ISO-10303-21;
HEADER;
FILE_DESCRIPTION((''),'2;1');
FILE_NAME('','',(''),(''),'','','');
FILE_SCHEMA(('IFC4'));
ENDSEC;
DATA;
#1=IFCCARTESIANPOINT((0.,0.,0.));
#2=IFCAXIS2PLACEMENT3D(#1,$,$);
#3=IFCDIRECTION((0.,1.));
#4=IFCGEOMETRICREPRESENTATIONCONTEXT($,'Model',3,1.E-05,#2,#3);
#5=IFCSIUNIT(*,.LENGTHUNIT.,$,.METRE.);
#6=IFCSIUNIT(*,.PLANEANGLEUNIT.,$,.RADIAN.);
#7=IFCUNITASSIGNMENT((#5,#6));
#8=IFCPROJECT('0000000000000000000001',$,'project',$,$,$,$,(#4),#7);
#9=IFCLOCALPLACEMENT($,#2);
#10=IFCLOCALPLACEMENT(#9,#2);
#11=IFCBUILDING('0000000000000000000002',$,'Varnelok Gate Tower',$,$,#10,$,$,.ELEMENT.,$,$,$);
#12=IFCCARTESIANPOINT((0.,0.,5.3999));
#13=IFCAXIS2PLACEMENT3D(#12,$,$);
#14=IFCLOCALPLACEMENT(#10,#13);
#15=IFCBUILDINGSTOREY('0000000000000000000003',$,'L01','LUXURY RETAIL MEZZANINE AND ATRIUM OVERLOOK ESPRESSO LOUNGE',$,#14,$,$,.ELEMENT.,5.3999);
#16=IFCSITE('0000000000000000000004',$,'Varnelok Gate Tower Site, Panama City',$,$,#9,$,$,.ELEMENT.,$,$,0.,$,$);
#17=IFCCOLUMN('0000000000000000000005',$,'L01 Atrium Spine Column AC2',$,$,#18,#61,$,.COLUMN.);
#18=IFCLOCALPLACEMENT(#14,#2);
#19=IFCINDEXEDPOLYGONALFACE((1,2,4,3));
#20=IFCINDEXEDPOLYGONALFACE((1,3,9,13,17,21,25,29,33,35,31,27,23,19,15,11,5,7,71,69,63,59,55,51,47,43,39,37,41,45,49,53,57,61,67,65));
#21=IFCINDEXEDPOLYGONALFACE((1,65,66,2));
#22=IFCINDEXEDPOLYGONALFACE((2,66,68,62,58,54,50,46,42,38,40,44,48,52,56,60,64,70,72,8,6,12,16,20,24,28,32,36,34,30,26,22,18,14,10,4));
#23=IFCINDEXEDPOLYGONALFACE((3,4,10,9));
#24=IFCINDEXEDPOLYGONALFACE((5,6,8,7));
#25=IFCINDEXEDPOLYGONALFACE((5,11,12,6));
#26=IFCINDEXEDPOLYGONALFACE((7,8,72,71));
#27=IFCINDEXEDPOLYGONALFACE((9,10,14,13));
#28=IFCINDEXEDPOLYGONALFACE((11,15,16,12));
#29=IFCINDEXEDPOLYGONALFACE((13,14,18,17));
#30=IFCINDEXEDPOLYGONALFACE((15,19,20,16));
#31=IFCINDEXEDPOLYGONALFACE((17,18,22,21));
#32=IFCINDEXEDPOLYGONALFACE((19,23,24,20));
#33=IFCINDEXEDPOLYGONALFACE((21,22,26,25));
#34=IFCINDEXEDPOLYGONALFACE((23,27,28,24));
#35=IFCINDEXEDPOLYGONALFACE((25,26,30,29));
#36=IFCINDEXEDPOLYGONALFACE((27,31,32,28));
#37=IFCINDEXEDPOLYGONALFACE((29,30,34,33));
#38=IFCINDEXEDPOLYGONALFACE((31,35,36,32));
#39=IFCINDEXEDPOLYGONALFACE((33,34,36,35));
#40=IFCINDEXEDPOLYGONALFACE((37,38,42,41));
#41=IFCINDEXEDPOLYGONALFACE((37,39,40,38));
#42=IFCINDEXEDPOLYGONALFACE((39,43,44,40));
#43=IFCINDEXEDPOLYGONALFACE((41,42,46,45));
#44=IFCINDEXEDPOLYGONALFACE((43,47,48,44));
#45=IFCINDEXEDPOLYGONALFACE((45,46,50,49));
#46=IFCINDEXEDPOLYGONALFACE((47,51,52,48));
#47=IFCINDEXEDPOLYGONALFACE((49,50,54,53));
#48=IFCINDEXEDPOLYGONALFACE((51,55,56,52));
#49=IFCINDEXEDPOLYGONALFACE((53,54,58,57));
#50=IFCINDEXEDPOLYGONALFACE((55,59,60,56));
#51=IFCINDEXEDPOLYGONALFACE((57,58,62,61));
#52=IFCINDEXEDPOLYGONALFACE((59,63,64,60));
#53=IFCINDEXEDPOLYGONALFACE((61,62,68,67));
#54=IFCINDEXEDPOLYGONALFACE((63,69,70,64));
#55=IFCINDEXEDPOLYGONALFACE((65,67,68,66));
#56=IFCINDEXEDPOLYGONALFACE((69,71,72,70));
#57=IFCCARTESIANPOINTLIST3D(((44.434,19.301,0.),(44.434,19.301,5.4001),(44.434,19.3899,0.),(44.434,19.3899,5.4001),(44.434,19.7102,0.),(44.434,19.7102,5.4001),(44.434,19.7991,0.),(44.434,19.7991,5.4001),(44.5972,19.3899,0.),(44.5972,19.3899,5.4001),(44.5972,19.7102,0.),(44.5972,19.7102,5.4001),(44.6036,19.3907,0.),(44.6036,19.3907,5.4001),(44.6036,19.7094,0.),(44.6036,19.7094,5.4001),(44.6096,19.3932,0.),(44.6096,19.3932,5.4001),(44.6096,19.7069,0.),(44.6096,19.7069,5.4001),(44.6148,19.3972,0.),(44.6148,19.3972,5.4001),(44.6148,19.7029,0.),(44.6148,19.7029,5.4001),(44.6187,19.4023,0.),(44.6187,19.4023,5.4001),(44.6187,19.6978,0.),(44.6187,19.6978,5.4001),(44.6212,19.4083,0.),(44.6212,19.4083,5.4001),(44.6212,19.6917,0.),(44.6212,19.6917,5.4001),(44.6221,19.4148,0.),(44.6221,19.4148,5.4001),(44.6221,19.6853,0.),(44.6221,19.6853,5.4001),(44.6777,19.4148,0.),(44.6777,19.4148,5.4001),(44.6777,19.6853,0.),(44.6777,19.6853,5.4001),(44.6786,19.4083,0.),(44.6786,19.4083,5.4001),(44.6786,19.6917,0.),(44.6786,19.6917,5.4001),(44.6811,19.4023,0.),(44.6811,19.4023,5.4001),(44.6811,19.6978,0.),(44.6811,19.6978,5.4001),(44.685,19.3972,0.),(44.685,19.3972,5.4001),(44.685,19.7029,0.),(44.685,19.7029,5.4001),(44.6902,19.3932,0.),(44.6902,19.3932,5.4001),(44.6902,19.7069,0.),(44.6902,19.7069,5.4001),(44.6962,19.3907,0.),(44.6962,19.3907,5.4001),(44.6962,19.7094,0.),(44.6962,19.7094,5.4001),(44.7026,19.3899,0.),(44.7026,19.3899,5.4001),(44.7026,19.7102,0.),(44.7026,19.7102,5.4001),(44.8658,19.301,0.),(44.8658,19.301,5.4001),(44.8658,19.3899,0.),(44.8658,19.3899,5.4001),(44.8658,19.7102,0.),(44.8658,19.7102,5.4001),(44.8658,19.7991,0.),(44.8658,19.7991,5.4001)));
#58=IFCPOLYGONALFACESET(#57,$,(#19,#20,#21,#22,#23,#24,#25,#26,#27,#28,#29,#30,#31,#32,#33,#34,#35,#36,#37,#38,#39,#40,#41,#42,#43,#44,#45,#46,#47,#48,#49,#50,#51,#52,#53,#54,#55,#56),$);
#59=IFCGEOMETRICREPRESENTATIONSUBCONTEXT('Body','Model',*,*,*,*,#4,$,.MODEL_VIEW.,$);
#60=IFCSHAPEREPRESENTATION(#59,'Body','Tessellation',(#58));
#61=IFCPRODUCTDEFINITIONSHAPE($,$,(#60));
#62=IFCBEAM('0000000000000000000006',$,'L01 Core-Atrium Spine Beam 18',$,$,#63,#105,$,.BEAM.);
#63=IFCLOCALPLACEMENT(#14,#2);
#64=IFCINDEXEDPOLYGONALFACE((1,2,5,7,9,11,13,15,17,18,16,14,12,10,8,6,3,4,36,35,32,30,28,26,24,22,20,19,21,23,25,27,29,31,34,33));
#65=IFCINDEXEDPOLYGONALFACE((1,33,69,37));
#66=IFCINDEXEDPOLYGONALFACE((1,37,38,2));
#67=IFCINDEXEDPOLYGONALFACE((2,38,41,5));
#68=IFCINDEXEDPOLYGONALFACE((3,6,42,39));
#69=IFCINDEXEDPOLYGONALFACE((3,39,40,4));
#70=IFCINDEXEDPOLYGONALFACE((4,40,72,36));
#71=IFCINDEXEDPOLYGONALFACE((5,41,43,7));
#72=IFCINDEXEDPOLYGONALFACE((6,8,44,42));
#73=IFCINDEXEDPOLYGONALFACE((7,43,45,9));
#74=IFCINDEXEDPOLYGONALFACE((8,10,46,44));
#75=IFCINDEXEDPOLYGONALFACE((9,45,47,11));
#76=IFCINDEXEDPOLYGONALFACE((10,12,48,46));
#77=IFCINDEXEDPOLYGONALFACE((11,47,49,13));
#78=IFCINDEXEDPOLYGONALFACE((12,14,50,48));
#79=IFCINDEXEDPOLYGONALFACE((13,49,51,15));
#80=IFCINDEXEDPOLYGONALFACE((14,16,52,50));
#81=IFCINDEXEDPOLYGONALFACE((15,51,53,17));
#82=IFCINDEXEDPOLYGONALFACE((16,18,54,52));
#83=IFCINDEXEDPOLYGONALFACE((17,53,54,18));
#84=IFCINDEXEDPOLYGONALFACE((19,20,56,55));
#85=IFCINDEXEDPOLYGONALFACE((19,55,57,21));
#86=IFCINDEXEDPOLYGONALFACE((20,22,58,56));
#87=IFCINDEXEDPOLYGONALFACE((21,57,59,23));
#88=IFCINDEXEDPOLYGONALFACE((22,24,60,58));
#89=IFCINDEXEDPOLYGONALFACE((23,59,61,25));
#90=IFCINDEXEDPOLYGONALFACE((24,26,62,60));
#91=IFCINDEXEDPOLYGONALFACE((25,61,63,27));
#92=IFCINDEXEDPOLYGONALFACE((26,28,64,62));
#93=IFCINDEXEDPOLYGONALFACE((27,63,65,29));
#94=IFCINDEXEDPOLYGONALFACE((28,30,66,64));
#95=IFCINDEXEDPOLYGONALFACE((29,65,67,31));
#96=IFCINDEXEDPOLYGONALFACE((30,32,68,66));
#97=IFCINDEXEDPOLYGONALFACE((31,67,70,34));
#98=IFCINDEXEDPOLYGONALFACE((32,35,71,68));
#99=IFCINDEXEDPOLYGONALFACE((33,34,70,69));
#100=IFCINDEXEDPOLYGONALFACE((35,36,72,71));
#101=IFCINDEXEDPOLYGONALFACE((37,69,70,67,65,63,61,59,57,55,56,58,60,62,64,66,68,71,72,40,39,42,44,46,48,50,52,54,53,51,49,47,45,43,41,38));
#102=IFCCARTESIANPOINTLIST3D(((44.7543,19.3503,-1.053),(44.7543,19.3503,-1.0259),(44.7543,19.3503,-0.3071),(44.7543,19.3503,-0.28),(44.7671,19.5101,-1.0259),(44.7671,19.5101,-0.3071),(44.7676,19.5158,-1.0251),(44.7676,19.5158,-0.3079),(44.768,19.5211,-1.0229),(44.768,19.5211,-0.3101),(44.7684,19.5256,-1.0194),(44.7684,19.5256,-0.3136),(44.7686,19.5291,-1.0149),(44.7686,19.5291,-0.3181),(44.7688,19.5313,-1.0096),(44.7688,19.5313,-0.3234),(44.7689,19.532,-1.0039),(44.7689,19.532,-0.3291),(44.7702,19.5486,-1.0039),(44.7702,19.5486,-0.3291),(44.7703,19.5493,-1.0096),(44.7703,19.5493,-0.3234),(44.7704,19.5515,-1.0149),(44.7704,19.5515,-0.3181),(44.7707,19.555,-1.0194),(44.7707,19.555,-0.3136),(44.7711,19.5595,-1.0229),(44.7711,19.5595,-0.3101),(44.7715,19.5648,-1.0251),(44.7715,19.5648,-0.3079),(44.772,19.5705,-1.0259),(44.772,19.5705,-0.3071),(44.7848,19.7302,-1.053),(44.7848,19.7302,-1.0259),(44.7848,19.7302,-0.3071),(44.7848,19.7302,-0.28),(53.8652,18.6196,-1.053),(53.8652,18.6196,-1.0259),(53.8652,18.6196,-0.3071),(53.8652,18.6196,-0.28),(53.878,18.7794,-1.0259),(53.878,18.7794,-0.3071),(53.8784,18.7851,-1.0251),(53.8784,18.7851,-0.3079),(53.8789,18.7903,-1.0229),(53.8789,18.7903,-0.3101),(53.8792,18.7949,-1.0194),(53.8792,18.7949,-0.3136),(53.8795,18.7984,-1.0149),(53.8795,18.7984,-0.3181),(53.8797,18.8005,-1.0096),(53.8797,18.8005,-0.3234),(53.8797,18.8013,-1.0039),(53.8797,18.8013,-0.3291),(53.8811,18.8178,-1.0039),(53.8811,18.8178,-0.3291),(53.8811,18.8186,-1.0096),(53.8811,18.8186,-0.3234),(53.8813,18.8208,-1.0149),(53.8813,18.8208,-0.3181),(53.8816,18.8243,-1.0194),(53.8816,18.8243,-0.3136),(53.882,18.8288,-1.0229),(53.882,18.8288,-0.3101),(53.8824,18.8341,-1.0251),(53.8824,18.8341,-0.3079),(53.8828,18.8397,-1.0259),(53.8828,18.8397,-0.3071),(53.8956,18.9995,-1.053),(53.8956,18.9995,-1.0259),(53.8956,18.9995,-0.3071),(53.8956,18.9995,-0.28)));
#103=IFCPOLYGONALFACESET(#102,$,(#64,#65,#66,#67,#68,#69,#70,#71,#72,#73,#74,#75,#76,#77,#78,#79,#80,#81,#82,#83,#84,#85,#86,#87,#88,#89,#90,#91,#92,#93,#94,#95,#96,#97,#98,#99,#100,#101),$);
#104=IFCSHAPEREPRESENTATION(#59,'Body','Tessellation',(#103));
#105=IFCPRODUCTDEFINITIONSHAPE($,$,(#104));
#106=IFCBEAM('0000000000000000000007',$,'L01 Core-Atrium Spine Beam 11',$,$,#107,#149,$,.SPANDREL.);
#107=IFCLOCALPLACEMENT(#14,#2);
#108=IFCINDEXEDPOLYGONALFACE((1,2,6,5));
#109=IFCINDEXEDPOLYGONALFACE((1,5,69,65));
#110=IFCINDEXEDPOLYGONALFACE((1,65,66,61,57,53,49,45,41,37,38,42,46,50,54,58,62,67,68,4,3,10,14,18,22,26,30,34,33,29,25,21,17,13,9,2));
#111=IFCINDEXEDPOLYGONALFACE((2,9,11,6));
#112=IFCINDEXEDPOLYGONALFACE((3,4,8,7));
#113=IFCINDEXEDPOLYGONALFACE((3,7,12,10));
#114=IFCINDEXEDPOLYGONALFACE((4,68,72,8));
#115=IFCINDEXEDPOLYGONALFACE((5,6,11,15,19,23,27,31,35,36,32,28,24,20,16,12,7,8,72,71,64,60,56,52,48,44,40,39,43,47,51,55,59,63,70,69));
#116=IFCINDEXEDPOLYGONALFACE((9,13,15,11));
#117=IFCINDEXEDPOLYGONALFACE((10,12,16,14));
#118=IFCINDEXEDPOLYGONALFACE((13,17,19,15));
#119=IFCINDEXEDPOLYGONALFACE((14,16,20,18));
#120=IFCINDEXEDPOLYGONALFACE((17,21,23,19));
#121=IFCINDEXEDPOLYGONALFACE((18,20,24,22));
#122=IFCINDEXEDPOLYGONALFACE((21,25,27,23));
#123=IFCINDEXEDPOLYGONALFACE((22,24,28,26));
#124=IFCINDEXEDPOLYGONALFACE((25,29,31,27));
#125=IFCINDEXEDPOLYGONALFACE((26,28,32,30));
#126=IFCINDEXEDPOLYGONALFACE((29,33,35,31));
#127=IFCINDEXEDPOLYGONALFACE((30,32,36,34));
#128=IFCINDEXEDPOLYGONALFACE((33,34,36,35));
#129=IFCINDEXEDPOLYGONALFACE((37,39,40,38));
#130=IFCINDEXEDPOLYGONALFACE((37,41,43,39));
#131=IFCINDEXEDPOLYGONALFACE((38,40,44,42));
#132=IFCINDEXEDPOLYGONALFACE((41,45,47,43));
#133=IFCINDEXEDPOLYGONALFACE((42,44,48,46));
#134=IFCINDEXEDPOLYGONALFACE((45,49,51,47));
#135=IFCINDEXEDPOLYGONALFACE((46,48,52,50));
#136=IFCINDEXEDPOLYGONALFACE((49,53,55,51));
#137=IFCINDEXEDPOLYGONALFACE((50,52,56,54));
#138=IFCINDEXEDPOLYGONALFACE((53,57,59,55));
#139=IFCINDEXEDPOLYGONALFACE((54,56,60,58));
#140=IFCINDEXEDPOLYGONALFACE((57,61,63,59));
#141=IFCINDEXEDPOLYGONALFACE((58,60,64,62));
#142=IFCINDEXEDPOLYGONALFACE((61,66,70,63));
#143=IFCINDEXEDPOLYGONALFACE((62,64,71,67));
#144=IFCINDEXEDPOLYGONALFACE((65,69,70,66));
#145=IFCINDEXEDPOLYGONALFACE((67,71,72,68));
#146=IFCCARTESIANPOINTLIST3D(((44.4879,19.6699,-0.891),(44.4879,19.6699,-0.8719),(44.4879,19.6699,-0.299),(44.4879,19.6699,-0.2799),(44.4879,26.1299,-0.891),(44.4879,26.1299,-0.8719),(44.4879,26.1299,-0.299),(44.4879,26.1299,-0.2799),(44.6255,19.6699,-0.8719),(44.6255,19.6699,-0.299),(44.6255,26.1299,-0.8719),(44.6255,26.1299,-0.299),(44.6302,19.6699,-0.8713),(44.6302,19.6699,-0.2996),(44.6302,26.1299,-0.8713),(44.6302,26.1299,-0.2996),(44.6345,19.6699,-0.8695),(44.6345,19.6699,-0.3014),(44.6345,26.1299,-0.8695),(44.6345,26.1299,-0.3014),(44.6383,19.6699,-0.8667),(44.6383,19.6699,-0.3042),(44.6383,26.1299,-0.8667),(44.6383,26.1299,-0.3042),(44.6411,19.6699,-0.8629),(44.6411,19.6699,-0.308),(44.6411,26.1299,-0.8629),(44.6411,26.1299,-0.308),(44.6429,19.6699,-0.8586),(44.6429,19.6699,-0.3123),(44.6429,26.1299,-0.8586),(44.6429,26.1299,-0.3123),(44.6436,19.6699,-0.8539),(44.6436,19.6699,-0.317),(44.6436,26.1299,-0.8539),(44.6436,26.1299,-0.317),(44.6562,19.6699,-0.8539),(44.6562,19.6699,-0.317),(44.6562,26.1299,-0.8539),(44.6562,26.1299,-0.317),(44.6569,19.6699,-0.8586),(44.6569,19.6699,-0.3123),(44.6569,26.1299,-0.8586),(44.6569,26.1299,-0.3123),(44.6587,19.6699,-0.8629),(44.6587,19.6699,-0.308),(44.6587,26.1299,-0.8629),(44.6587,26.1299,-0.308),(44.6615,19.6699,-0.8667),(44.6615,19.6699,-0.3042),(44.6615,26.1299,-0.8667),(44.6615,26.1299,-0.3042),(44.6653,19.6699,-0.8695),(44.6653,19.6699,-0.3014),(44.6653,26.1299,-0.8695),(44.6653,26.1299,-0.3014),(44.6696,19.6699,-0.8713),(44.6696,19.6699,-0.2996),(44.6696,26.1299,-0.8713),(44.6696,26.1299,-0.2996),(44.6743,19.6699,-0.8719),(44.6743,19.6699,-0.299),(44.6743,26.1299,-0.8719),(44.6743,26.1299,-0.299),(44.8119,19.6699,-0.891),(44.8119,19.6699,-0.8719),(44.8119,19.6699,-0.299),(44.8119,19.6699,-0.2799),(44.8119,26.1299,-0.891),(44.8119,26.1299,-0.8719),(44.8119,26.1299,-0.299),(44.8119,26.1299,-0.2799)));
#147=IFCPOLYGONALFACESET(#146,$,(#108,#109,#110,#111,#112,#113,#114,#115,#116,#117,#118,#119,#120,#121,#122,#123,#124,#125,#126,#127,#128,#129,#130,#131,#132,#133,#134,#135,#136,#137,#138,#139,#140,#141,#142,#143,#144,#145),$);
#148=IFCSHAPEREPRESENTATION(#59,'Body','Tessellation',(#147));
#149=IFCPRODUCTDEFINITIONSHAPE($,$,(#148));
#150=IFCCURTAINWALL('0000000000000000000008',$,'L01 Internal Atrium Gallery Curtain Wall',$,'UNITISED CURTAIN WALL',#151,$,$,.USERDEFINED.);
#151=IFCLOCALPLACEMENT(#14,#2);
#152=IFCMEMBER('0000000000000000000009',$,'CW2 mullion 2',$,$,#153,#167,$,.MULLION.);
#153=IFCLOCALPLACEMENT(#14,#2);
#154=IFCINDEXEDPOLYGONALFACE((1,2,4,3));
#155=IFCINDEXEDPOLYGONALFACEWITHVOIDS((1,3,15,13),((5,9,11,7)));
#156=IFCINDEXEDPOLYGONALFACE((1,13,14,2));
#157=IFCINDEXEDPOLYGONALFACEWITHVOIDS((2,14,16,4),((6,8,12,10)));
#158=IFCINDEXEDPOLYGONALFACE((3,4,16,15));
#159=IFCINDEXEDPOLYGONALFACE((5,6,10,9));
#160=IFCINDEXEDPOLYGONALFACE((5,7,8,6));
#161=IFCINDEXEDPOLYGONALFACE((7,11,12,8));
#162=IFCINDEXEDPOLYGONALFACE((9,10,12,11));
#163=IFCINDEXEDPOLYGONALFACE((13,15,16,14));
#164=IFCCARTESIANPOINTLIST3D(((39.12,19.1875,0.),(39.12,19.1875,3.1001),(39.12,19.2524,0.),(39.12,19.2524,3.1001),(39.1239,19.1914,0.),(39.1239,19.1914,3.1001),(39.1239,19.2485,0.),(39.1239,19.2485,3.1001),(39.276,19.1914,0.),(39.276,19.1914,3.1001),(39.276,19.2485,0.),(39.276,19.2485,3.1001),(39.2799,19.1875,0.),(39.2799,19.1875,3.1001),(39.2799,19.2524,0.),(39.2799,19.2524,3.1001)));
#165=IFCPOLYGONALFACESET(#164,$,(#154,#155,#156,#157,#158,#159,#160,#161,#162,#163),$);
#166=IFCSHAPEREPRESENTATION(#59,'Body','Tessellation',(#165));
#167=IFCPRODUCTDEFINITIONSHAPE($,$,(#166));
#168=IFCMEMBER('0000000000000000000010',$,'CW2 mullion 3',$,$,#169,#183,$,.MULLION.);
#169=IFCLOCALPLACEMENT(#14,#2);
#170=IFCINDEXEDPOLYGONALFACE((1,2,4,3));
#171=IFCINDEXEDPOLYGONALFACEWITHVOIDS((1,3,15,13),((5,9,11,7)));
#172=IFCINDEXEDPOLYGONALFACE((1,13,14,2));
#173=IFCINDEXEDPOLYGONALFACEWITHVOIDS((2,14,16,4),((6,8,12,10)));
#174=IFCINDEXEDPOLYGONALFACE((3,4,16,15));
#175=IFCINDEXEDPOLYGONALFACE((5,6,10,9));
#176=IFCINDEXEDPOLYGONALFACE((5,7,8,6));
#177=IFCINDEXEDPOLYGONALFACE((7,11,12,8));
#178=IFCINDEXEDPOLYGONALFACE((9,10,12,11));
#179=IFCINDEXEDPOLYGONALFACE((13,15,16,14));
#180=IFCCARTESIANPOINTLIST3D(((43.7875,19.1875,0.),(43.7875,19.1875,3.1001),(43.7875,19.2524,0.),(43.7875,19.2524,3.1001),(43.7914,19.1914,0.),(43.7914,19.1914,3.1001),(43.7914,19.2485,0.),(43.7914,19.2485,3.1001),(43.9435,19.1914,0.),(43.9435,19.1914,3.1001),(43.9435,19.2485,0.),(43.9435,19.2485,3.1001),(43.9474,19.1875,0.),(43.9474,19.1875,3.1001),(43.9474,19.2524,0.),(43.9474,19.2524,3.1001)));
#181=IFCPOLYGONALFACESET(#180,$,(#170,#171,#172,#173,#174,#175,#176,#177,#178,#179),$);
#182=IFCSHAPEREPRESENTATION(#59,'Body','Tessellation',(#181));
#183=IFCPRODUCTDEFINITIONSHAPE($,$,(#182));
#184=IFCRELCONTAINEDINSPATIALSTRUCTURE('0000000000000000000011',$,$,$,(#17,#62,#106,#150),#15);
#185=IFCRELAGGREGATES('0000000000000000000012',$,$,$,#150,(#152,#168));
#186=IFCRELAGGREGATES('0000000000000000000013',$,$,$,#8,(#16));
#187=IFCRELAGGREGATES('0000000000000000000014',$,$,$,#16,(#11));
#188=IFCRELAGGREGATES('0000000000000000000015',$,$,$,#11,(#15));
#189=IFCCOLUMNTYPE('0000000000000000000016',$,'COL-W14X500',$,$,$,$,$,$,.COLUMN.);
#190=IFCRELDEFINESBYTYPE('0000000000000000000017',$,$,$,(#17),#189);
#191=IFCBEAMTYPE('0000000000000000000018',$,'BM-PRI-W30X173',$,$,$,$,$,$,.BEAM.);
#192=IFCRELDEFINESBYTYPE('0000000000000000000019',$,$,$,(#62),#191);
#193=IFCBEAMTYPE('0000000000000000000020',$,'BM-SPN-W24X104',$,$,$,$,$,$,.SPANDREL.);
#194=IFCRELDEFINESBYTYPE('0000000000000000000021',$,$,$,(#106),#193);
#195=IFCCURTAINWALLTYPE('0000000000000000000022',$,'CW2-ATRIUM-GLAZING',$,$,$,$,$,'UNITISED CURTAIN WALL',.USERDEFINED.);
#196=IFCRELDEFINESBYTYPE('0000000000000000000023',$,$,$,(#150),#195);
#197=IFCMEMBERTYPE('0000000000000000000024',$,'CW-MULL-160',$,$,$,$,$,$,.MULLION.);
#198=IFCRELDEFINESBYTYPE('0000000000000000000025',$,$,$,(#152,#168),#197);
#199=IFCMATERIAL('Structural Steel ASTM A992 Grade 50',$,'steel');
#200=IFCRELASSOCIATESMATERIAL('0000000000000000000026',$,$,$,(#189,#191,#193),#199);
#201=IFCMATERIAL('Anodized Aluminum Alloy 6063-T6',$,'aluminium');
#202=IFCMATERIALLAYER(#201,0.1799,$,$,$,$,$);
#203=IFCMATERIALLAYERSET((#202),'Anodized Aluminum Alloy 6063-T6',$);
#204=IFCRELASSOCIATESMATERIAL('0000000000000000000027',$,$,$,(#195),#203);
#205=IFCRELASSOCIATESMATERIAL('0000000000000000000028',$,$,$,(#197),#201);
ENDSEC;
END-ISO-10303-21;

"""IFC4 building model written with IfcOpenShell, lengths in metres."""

from ifc_helpers import new_model, si_unit, direction, frame, origin, origin_2d, place, context, subcontext, project, spatial, hollow_rectangle, i_section, extrude, material, layer, layer_set, material_profile, profile_set, type_object, element, aggregate, save


model = new_model("IFC4")

# Units and contexts
model_context = context("Model", 3, precision=1e-05, world=origin(), true_north=direction((0.0, 1.0)))
body_context = subcontext(model_context, "Body", "Model", "MODEL_VIEW")
ifc_project = project(units=[si_unit("LENGTHUNIT", "METRE"), si_unit("PLANEANGLEUNIT", "RADIAN")], contexts=[model_context])

# Site, building, storey
site_placement = place(None, origin())
site = spatial("IfcSite", under=ifc_project, at=site_placement, Name="Varnelok Gate Tower Site, Panama City", CompositionType="ELEMENT", RefElevation=0.0)
building_placement = place(site_placement, origin())
building = spatial("IfcBuilding", under=site, at=building_placement, Name="Varnelok Gate Tower", CompositionType="ELEMENT")
storey_placement = place(building_placement, frame((0.0, 0.0, 5.3999)))
storey = spatial("IfcBuildingStorey", under=building, at=storey_placement, Name="L01", Description="LUXURY RETAIL MEZZANINE AND ATRIUM OVERLOOK ESPRESSO LOUNGE", CompositionType="ELEMENT", Elevation=5.3999)

# Column
ifc_material_1 = material(Name="Structural Steel ASTM A992 Grade 50", Category="steel")
ifc_material_profile_1 = material_profile(ifc_material_1, i_section(OverallWidth=0.4319, OverallDepth=0.498, WebThickness=0.0557, FlangeThickness=0.0889, FilletRadius=0.0249, at=origin_2d()), Name="W14X500")
ifc_profile_set_1 = profile_set([ifc_material_profile_1], Name="Structural Steel ASTM A992 Grade 50")
column_type = type_object("IfcColumnType", Name="COL-W14X500", PredefinedType="COLUMN", material=ifc_profile_set_1)
column_placement = place(storey_placement, frame((44.6499, 19.55, 0.0), z_axis=(0.0, 0.0, 1.0), x_axis=(1.0, 0.0, 0.0)))
element("IfcColumn", 1, at=column_placement, inside=storey, type_object=column_type, Name="L01 Atrium Spine Column AC2", PredefinedType="COLUMN", context=body_context, shape_type="SweptSolid", body=[
    extrude(i_section(OverallWidth=0.4319, OverallDepth=0.498, WebThickness=0.0557, FlangeThickness=0.0889, FilletRadius=0.0249, at=origin_2d()), origin(), (0.0, 0.0, 1.0), 5.4001),
])

# Beams
ifc_material_profile_2 = material_profile(ifc_material_1, i_section(OverallWidth=0.3811, OverallDepth=0.7729, WebThickness=0.0166, FlangeThickness=0.0271, FilletRadius=0.022, at=origin_2d()), Name="W30X173")
ifc_profile_set_2 = profile_set([ifc_material_profile_2], Name="Structural Steel ASTM A992 Grade 50")
beam_type_1 = type_object("IfcBeamType", Name="BM-PRI-W30X173", PredefinedType="BEAM", material=ifc_profile_set_2)
beam_1_placement = place(storey_placement, frame((44.7695, 19.5403, -0.6665), z_axis=(0.996799, -0.079946, 0.0), x_axis=(0.079946, 0.996799, 0.0)))
element("IfcBeam", 2, at=beam_1_placement, inside=storey, type_object=beam_type_1, Name="L01 Core-Atrium Spine Beam 18", PredefinedType="BEAM", context=body_context, shape_type="SweptSolid", body=[
    extrude(i_section(OverallWidth=0.3811, OverallDepth=0.7729, WebThickness=0.0166, FlangeThickness=0.0271, FilletRadius=0.022, at=origin_2d()), origin(), (0.0, 0.0, 1.0), 9.1401),
])
ifc_material_profile_3 = material_profile(ifc_material_1, i_section(OverallWidth=0.324, OverallDepth=0.6111, WebThickness=0.0127, FlangeThickness=0.019, FilletRadius=0.0181, at=origin_2d()), Name="W24X104")
ifc_profile_set_3 = profile_set([ifc_material_profile_3], Name="Structural Steel ASTM A992 Grade 50")
beam_type_2 = type_object("IfcBeamType", Name="BM-SPN-W24X104", PredefinedType="SPANDREL", material=ifc_profile_set_3)
beam_2_placement = place(storey_placement, frame((44.6499, 19.6699, -0.5854), z_axis=(0.0, 1.0, 0.0), x_axis=(-1.0, 0.0, 0.0)))
element("IfcBeam", 3, at=beam_2_placement, inside=storey, type_object=beam_type_2, Name="L01 Core-Atrium Spine Beam 11", PredefinedType="SPANDREL", context=body_context, shape_type="SweptSolid", body=[
    extrude(i_section(OverallWidth=0.324, OverallDepth=0.6111, WebThickness=0.0127, FlangeThickness=0.019, FilletRadius=0.0181, at=origin_2d()), origin(), (0.0, 0.0, 1.0), 6.46),
])

# Curtain wall, members
ifc_material_2 = material(Name="Anodized Aluminum Alloy 6063-T6", Category="aluminium")
ifc_layer_1 = layer(ifc_material_2, 0.1799)
ifc_layer_set_1 = layer_set([ifc_layer_1], Name="Anodized Aluminum Alloy 6063-T6")
curtain_wall_type = type_object("IfcCurtainWallType", Name="CW2-ATRIUM-GLAZING", ElementType="UNITISED CURTAIN WALL", PredefinedType="USERDEFINED", material=ifc_layer_set_1)
curtain_wall_placement = place(storey_placement, origin())
curtain_wall = element("IfcCurtainWall", 4, at=curtain_wall_placement, inside=storey, type_object=curtain_wall_type, Name="L01 Internal Atrium Gallery Curtain Wall", ObjectType="UNITISED CURTAIN WALL", PredefinedType="USERDEFINED")
ifc_material_profile_4 = material_profile(ifc_material_2, hollow_rectangle(XDim=0.0649, YDim=0.1599, WallThickness=0.0039, at=origin_2d()), Name="ALU160X65X4")
ifc_profile_set_4 = profile_set([ifc_material_profile_4], Name="Anodized Aluminum Alloy 6063-T6")
member_type_1 = type_object("IfcMemberType", Name="CW-MULL-160", PredefinedType="MULLION", material=ifc_profile_set_4)
member_1_placement = place(storey_placement, frame((39.2, 19.22, 0.0), z_axis=(0.0, 0.0, 1.0), x_axis=(0.0, 1.0, 0.0)))
member_1 = element("IfcMember", 5, at=member_1_placement, type_object=member_type_1, Name="CW2 mullion 2", PredefinedType="MULLION", context=body_context, shape_type="SweptSolid", body=[
    extrude(hollow_rectangle(XDim=0.0649, YDim=0.1599, WallThickness=0.0039, at=origin_2d()), origin(), (0.0, 0.0, 1.0), 3.1001),
])
member_2_placement = place(storey_placement, frame((43.8674, 19.22, 0.0), z_axis=(0.0, 0.0, 1.0), x_axis=(0.0, 1.0, 0.0)))
member_2 = element("IfcMember", 6, at=member_2_placement, type_object=member_type_1, Name="CW2 mullion 3", PredefinedType="MULLION", context=body_context, shape_type="SweptSolid", body=[
    extrude(hollow_rectangle(XDim=0.0649, YDim=0.1599, WallThickness=0.0039, at=origin_2d()), origin(), (0.0, 0.0, 1.0), 3.1001),
])

aggregate(curtain_wall, [member_1, member_2])

save(model, "model.ifc")
